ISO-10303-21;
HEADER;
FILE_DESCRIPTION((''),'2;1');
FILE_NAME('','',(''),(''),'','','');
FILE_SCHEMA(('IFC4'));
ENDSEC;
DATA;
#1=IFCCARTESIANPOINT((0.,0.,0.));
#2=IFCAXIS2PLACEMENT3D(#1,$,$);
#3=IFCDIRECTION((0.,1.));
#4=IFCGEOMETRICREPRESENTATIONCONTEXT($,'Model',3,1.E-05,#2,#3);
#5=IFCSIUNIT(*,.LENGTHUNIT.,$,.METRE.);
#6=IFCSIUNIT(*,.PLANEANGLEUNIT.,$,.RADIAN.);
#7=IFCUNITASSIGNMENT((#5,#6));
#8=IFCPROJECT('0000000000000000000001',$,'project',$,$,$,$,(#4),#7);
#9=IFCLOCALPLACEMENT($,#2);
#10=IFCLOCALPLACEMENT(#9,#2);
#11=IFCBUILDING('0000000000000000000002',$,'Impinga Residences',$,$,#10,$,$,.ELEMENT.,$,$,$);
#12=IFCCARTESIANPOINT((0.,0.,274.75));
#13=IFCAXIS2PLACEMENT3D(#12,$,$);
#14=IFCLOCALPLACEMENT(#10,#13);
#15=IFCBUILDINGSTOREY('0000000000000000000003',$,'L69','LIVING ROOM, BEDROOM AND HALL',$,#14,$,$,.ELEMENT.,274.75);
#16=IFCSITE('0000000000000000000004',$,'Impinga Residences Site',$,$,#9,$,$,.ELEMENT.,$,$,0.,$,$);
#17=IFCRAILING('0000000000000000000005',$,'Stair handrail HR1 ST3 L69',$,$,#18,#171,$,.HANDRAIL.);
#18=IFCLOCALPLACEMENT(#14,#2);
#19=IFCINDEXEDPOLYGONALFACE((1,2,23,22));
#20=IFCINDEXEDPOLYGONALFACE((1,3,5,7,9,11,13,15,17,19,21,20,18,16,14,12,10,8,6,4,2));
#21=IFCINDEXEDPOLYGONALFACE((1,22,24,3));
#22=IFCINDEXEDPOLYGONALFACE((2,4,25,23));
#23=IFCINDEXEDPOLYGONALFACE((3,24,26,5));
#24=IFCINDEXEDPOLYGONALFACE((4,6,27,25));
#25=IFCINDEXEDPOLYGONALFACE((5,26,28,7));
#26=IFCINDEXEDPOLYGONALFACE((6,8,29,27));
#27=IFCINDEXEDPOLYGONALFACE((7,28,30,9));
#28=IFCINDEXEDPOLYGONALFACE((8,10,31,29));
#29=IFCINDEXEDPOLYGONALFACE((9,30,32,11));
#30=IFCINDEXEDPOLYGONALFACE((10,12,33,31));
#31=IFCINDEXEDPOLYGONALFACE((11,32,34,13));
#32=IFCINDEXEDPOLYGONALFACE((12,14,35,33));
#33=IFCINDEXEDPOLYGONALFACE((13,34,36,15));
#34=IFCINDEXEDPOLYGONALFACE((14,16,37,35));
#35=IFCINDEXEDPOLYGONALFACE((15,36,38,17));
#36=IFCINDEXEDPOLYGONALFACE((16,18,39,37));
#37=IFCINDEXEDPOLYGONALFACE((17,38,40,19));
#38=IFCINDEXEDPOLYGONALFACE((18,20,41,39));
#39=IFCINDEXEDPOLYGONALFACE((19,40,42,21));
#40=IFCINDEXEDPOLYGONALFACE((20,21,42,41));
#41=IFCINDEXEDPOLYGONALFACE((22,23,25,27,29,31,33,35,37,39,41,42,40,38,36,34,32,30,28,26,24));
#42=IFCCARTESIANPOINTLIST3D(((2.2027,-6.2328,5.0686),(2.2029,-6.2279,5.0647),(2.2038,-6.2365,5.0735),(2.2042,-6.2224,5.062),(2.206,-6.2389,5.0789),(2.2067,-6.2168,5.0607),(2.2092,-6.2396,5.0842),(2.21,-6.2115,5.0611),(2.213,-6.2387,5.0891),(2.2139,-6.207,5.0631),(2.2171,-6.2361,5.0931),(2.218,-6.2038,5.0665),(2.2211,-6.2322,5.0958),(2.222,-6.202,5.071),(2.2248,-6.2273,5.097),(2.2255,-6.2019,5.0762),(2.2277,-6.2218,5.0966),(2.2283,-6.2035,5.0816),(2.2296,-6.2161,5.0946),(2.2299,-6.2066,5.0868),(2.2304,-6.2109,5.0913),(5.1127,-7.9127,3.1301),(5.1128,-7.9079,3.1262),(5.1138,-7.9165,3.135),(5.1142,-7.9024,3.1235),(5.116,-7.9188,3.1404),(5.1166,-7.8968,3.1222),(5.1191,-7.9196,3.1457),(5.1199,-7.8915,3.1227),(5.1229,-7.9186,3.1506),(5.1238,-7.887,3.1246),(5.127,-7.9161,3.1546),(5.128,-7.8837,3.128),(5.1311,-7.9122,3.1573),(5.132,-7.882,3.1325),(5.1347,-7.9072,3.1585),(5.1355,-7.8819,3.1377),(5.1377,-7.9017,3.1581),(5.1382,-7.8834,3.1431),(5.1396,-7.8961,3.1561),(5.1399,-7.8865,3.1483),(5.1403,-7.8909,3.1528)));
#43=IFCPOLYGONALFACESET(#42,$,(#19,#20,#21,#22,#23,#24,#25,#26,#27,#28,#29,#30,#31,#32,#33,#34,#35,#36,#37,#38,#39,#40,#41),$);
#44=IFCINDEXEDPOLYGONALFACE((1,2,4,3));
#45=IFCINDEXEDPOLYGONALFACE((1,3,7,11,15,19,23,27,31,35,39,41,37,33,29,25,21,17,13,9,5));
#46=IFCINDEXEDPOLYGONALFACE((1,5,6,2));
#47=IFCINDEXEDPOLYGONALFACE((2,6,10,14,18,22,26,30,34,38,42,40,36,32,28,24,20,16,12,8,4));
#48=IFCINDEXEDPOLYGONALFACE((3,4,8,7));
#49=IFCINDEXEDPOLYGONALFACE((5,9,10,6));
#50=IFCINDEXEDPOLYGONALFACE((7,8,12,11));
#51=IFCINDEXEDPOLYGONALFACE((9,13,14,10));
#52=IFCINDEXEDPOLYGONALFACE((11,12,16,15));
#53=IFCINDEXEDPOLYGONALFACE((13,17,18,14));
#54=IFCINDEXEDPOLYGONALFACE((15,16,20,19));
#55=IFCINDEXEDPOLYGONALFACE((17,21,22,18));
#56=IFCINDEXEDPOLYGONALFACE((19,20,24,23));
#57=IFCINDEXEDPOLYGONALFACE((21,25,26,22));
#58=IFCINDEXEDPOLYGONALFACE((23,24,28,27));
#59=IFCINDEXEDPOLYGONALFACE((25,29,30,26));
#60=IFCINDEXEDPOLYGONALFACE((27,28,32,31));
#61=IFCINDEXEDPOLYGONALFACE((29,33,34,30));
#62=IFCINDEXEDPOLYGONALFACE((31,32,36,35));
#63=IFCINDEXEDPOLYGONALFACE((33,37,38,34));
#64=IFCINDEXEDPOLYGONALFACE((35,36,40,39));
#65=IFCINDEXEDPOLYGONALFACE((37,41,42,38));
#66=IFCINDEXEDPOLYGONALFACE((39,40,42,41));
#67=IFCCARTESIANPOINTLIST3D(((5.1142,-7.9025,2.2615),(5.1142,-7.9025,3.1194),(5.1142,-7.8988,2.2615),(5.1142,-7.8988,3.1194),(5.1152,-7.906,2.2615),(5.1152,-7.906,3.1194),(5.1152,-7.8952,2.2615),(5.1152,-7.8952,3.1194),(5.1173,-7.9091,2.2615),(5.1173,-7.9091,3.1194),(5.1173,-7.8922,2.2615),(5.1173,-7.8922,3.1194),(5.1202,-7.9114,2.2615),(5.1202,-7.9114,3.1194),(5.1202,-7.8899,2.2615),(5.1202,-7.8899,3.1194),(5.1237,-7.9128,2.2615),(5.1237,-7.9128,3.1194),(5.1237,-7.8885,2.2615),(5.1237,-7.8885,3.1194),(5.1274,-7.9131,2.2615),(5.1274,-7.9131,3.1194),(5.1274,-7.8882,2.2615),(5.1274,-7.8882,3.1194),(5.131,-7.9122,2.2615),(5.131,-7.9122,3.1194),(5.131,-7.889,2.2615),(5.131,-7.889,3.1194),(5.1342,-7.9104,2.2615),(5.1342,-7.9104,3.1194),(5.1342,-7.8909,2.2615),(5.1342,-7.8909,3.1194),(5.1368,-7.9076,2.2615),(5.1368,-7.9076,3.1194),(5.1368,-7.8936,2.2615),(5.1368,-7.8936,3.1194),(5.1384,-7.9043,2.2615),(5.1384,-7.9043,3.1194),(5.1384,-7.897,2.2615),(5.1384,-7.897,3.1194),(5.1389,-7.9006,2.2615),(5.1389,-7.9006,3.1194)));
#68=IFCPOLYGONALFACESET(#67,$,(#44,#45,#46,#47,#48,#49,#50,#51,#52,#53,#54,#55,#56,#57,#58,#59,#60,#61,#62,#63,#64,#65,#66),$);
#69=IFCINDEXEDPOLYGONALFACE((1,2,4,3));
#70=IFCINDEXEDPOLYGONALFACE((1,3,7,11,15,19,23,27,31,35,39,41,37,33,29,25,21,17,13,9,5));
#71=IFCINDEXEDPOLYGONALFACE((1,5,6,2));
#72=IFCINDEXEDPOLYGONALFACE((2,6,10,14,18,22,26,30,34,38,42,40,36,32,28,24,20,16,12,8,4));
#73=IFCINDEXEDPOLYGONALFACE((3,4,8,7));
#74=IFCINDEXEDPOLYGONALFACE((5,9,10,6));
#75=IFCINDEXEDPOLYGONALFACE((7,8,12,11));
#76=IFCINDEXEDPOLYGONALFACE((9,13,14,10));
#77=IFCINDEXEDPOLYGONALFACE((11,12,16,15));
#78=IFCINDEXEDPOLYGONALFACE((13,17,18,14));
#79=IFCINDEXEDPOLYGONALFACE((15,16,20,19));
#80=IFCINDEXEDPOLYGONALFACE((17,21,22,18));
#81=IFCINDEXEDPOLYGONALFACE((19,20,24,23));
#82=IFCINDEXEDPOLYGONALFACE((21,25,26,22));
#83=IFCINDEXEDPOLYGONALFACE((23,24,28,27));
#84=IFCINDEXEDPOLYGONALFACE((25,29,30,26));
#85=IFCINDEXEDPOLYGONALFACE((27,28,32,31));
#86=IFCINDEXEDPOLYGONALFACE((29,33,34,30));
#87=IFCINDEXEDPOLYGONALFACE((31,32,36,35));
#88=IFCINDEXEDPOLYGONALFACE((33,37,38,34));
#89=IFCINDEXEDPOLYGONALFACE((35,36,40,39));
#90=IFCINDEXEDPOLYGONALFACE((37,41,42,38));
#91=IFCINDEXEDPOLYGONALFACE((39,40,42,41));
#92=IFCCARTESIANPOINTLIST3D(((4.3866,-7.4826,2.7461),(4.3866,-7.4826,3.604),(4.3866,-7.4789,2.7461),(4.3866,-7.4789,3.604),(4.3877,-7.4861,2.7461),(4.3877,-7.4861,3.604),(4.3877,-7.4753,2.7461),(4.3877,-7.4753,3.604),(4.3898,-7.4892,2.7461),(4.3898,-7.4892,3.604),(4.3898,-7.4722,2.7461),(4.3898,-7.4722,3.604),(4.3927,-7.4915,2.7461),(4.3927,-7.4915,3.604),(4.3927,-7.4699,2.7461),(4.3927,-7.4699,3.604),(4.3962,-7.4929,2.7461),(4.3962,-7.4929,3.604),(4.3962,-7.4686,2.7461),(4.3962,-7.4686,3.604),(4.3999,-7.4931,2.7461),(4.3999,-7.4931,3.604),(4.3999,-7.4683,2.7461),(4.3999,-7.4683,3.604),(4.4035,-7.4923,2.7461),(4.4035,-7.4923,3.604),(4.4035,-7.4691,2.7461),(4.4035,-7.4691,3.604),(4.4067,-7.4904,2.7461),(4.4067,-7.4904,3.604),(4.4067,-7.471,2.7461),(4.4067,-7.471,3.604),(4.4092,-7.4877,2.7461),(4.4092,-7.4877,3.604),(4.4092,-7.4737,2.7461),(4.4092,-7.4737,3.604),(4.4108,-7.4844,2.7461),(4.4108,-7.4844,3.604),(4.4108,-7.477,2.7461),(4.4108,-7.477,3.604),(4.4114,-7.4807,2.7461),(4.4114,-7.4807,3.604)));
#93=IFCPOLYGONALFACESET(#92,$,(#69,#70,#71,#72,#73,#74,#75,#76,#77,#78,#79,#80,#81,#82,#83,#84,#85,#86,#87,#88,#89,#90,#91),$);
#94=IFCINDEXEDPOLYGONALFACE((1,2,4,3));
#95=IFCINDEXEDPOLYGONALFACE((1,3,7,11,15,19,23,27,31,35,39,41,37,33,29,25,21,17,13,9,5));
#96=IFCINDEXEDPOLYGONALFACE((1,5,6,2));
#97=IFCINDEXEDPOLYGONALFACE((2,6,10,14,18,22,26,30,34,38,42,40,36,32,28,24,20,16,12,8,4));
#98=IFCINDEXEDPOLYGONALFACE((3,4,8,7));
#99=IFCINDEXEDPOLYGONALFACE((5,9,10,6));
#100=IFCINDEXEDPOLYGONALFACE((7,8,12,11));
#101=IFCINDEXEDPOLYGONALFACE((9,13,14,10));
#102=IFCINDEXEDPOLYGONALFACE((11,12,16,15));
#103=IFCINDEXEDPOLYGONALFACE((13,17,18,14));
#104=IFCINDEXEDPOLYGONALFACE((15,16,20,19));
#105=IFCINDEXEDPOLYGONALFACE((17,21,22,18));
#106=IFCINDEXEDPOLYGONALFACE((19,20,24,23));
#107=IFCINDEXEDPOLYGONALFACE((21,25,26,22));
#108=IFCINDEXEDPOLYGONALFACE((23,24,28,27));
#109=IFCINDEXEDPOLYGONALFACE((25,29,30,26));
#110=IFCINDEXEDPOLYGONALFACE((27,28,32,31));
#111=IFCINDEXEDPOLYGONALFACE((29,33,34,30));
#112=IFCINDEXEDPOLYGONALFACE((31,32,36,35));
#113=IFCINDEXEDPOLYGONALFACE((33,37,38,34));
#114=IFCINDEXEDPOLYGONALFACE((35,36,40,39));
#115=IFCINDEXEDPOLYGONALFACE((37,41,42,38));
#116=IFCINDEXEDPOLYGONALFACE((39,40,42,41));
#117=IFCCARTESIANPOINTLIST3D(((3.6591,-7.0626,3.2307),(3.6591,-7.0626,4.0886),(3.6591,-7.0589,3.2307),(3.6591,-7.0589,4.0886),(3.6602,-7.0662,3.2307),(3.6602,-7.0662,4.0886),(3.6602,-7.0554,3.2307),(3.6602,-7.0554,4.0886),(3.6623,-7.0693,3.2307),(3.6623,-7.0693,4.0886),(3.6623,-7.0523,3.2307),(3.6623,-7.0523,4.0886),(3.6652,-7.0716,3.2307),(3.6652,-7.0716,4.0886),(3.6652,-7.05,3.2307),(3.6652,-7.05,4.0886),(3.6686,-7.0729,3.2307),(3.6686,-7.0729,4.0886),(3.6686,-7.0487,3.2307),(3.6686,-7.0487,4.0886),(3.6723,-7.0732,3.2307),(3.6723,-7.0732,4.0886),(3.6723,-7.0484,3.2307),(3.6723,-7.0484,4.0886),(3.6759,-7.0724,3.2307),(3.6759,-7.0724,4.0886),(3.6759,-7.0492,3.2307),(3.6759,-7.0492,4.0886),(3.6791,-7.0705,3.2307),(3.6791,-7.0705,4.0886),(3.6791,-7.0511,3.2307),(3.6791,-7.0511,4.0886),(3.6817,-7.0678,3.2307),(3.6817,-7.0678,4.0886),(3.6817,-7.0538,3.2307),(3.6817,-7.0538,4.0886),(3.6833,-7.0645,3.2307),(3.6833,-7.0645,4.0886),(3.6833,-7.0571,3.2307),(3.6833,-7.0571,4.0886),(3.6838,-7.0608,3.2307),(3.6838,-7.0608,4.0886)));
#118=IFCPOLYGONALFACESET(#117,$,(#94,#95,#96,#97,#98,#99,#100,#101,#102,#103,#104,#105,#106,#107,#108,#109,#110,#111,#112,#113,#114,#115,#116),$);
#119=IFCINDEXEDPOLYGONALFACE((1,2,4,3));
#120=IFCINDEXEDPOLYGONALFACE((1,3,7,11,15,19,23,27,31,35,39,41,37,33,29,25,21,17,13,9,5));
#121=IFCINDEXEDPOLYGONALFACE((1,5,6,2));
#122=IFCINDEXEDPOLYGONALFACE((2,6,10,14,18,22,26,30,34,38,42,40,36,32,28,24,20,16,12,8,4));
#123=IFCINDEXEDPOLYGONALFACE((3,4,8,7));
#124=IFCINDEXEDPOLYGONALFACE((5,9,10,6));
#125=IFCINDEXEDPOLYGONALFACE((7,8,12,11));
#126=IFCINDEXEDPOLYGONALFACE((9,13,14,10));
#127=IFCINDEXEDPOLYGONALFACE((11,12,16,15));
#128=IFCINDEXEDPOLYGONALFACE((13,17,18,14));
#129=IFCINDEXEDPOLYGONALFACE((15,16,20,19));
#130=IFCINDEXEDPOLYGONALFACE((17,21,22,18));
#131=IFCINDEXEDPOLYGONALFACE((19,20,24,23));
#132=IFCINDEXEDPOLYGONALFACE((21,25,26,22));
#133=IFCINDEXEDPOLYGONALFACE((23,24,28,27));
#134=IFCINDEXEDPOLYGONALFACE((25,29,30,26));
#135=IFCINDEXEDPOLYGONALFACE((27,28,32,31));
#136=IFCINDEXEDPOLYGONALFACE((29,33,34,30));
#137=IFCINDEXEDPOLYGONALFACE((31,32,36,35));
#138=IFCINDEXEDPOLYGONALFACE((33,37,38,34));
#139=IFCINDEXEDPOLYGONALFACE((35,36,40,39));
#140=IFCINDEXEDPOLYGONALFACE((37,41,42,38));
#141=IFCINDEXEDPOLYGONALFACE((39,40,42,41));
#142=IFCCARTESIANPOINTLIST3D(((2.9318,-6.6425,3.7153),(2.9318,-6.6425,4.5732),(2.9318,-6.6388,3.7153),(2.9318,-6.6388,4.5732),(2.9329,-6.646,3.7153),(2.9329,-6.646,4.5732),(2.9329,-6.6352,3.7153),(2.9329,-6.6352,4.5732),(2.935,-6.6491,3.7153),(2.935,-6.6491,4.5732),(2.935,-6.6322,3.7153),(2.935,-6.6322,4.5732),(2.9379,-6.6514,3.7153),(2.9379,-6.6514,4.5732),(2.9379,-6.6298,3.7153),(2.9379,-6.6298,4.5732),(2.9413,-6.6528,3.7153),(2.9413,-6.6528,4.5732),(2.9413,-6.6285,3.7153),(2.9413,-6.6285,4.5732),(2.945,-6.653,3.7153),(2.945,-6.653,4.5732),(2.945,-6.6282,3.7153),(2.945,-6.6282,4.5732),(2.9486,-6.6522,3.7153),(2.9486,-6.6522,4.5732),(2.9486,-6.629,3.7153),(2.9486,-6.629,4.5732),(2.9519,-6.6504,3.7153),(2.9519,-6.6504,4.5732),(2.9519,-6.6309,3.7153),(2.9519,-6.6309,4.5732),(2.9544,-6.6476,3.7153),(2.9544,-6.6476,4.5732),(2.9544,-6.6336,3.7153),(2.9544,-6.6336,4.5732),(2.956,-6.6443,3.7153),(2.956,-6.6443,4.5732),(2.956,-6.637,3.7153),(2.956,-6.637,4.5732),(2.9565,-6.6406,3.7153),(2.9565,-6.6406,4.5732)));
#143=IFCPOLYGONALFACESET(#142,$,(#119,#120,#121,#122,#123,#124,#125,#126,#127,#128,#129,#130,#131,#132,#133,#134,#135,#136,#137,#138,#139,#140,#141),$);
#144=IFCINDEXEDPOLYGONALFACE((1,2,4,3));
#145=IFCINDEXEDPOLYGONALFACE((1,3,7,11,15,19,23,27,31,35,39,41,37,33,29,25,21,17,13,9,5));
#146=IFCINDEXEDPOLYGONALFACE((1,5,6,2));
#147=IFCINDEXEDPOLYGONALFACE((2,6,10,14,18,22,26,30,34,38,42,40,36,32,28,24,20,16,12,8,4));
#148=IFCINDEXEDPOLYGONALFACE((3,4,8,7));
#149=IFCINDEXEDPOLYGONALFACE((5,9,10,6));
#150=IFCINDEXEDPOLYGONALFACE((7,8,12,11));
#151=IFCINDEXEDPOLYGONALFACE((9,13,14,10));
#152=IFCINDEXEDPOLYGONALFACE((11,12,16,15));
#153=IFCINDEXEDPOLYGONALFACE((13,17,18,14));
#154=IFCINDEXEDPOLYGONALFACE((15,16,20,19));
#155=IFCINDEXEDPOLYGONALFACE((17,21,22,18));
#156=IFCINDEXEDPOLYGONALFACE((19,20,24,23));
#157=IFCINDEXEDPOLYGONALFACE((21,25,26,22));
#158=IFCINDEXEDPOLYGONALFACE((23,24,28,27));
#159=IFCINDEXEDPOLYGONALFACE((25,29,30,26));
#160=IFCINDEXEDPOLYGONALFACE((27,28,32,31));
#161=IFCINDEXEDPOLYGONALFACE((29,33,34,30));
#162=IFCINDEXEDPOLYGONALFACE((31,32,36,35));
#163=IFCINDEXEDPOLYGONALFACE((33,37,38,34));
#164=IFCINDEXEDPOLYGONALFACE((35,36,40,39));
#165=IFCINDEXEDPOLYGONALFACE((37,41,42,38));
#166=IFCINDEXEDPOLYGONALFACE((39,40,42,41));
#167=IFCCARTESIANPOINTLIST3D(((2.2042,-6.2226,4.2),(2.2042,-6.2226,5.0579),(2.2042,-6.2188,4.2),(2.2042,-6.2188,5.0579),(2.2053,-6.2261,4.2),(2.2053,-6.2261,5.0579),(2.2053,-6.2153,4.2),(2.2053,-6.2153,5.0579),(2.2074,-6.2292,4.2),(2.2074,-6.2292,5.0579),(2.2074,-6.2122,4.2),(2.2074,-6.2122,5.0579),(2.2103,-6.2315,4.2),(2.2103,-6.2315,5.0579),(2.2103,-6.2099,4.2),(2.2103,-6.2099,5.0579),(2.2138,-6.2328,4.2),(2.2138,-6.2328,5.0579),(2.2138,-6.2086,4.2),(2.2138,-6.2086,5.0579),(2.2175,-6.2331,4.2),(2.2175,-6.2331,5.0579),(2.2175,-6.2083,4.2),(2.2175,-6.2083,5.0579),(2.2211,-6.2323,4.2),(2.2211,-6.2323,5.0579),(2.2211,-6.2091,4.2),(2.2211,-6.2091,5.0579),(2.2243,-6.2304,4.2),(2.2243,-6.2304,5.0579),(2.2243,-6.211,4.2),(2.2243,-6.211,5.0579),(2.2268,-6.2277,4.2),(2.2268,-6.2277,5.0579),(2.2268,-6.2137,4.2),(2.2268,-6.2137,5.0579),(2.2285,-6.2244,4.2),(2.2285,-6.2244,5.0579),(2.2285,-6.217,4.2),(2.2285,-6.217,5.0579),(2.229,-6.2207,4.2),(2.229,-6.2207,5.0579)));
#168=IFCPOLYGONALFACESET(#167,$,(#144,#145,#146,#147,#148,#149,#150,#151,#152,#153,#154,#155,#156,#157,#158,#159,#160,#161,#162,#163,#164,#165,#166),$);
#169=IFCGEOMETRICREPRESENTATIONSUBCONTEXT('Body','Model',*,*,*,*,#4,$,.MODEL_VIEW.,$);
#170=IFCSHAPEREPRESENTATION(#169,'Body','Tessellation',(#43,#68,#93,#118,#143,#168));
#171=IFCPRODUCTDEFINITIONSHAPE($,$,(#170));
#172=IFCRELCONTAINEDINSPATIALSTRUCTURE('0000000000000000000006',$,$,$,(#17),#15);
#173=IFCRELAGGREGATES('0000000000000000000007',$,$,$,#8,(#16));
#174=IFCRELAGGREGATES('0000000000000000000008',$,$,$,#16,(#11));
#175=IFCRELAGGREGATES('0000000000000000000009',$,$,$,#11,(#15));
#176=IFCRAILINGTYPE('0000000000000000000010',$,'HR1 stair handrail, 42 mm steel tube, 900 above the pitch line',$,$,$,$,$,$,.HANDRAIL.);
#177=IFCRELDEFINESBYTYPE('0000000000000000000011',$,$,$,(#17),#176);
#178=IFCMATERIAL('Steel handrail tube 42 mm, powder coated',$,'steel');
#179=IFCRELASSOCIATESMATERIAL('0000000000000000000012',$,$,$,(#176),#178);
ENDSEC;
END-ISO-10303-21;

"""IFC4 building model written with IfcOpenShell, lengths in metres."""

from ifc_helpers import new_model, si_unit, direction, frame, origin, origin_2d, place, context, subcontext, project, spatial, circle, extrude, material, type_object, element, save


model = new_model("IFC4")

# Units and contexts
model_context = context("Model", 3, precision=1e-05, world=origin(), true_north=direction((0.0, 1.0)))
body_context = subcontext(model_context, "Body", "Model", "MODEL_VIEW")
ifc_project = project(units=[si_unit("LENGTHUNIT", "METRE"), si_unit("PLANEANGLEUNIT", "RADIAN")], contexts=[model_context])

# Site, building, storey
site_placement = place(None, origin())
site = spatial("IfcSite", under=ifc_project, at=site_placement, Name="Impinga Residences Site", CompositionType="ELEMENT", RefElevation=0.0)
building_placement = place(site_placement, origin())
building = spatial("IfcBuilding", under=site, at=building_placement, Name="Impinga Residences", CompositionType="ELEMENT")
storey_placement = place(building_placement, frame((0.0, 0.0, 274.75)))
storey = spatial("IfcBuildingStorey", under=building, at=storey_placement, Name="L69", Description="LIVING ROOM, BEDROOM AND HALL", CompositionType="ELEMENT", Elevation=274.75)

# Railing
ifc_material_1 = material(Name="Steel handrail tube 42 mm, powder coated", Category="steel")
railing_type_1 = type_object("IfcRailingType", Name="HR1 stair handrail, 42 mm steel tube, 900 above the pitch line", PredefinedType="HANDRAIL", material=ifc_material_1)
railing_1_placement = place(storey_placement, frame((5.1265, -7.9006, 2.2615)))
element("IfcRailing", 1, at=railing_1_placement, inside=storey, type_object=railing_type_1, Name="Stair handrail HR1 ST3 L69", PredefinedType="HANDRAIL", context=body_context, shape_type="SweptSolid", body=[
    extrude(circle(Radius=0.021, at=origin_2d()), frame((0.0, 0.0, 0.8789), z_axis=(-0.750151, 0.433072, 0.499723), x_axis=(-0.499976, -0.866039, 0.0)), (0.0, 0.0, 1.0), 3.8792),
    extrude(circle(Radius=0.0125, at=origin_2d()), origin(), (0.0, 0.0, 1.0), 0.8579),
    extrude(circle(Radius=0.0125, at=origin_2d()), frame((-0.7275, 0.4199, 0.4846)), (0.0, 0.0, 1.0), 0.8579),
    extrude(circle(Radius=0.0125, at=origin_2d()), frame((-1.4551, 0.8398, 0.9692)), (0.0, 0.0, 1.0), 0.8579),
    extrude(circle(Radius=0.0125, at=origin_2d()), frame((-2.1824, 1.26, 1.4539)), (0.0, 0.0, 1.0), 0.8579),
    extrude(circle(Radius=0.0125, at=origin_2d()), frame((-2.9099, 1.6799, 1.9385)), (0.0, 0.0, 1.0), 0.8579),
])

save(model, "model.ifc")
